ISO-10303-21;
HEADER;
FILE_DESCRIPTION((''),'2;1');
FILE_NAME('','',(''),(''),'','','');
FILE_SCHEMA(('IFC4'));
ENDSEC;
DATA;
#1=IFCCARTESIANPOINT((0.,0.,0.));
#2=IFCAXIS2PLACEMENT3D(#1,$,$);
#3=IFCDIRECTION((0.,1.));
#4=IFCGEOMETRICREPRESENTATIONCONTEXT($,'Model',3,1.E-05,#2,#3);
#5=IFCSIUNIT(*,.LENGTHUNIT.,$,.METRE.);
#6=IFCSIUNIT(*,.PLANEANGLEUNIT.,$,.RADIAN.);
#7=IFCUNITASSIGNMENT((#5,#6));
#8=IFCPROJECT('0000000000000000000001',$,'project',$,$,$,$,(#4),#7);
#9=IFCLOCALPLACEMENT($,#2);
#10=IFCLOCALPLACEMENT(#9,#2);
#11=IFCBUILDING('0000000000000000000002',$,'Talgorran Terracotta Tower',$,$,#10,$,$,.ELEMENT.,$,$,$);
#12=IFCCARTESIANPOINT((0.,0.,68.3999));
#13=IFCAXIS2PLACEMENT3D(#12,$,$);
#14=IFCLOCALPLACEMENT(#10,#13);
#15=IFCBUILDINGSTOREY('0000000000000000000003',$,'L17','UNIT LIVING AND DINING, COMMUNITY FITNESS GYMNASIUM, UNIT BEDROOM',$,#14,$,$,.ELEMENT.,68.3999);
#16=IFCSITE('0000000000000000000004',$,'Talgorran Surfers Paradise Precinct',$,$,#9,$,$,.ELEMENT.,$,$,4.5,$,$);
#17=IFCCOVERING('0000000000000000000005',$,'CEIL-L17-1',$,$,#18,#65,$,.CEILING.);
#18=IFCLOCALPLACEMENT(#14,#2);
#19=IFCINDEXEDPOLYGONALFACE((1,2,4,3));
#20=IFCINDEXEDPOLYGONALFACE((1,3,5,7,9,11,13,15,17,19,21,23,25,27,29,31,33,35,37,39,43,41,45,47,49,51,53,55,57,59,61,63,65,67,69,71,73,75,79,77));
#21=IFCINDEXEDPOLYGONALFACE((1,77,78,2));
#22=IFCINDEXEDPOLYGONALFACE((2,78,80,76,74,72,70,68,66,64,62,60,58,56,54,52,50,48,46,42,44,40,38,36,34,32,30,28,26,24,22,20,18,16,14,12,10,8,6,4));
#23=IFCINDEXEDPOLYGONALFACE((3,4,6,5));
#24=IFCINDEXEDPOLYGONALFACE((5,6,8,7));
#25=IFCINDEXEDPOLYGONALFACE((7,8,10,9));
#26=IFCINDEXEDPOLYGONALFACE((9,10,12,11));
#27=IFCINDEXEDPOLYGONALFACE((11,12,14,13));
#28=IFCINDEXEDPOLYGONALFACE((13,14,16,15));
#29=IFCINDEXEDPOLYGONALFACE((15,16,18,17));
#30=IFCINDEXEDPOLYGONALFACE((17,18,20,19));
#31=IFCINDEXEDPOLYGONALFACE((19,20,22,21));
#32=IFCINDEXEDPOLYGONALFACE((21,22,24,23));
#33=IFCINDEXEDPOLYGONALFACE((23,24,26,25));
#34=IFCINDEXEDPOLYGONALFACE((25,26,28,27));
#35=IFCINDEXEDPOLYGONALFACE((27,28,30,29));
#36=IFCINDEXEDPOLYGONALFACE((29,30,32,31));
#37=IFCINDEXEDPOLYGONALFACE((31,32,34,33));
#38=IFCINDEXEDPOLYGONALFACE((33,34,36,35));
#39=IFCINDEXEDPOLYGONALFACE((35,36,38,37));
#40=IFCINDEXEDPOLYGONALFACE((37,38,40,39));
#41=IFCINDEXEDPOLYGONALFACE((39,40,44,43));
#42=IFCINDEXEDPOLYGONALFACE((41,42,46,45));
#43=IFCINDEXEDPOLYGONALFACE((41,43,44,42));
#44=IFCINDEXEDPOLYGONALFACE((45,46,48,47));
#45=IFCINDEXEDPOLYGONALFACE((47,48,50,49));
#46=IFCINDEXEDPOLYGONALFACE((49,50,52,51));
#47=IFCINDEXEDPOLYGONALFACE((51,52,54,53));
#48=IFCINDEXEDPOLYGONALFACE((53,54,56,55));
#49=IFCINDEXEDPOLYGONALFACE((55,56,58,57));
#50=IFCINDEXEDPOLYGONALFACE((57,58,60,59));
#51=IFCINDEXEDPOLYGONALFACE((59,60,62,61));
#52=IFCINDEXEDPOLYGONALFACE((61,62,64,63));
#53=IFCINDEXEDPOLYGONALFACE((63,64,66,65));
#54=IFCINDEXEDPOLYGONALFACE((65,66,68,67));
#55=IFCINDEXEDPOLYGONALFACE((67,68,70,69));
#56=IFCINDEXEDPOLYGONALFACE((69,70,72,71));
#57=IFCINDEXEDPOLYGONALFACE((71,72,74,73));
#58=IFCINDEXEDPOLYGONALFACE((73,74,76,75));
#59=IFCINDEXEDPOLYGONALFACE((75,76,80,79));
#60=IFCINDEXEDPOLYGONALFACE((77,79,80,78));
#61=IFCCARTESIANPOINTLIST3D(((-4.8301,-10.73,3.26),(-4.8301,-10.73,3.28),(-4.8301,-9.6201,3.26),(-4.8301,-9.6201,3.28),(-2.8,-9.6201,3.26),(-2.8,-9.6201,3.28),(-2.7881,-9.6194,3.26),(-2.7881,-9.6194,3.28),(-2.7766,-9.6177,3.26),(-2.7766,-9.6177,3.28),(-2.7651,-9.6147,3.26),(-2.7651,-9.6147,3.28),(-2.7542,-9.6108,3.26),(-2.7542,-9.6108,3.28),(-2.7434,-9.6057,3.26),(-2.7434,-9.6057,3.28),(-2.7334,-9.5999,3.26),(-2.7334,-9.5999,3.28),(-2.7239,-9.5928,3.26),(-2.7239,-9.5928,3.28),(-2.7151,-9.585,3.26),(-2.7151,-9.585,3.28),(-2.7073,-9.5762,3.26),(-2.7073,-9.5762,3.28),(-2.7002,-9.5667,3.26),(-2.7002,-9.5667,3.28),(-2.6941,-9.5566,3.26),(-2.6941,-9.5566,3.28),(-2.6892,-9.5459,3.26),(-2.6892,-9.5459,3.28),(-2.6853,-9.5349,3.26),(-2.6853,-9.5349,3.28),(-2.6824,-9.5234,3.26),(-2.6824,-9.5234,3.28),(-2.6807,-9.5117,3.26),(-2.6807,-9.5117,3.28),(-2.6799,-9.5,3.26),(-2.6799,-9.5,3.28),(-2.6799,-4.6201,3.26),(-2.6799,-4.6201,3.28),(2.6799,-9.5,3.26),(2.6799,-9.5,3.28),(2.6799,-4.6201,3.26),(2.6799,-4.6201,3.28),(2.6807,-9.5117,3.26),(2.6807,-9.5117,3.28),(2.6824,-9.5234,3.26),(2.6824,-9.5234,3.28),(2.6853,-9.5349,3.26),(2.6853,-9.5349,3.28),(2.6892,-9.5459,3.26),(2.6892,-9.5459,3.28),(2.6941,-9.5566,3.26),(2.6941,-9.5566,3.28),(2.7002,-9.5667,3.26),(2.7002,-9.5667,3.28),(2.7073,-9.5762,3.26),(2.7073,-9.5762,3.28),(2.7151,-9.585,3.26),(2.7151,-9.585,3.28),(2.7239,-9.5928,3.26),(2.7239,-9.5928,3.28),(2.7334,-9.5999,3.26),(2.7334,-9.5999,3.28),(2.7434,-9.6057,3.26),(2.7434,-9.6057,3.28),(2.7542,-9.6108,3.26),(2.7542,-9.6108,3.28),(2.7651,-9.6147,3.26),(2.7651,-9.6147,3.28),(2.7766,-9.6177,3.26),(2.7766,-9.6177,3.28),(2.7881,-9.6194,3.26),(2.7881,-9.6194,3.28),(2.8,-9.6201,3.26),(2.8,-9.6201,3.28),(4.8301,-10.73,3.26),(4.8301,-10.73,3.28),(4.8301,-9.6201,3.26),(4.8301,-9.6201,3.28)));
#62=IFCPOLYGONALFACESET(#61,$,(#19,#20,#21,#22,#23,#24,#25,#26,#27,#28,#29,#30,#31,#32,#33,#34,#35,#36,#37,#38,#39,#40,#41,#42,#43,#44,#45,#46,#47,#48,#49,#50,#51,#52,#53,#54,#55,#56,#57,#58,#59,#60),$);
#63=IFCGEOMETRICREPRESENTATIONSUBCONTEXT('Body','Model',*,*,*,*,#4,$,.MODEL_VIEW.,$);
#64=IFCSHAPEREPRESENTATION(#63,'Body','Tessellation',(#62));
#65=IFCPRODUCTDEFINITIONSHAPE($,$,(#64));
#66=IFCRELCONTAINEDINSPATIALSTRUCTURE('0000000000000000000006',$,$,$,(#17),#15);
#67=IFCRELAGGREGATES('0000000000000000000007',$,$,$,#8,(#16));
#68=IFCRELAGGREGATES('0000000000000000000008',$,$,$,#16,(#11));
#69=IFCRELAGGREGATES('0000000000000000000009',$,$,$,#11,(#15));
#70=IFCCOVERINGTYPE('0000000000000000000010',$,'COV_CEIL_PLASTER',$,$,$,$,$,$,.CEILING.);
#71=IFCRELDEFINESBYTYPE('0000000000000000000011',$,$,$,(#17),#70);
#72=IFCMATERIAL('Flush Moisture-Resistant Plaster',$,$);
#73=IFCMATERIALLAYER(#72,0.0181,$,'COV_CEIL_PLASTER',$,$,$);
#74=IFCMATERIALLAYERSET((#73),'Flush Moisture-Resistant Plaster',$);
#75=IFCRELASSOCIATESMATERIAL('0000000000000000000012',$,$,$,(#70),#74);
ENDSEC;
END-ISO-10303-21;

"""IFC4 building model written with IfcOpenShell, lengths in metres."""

from ifc_helpers import new_model, si_unit, direction, frame, origin, place, context, subcontext, project, spatial, polyline, outline, extrude, material, layer, layer_set, type_object, element, save


model = new_model("IFC4")

# Units and contexts
model_context = context("Model", 3, precision=1e-05, world=origin(), true_north=direction((0.0, 1.0)))
body_context = subcontext(model_context, "Body", "Model", "MODEL_VIEW")
ifc_project = project(units=[si_unit("LENGTHUNIT", "METRE"), si_unit("PLANEANGLEUNIT", "RADIAN")], contexts=[model_context])

# Site, building, storey
site_placement = place(None, origin())
site = spatial("IfcSite", under=ifc_project, at=site_placement, Name="Talgorran Surfers Paradise Precinct", CompositionType="ELEMENT", RefElevation=4.5)
building_placement = place(site_placement, origin())
building = spatial("IfcBuilding", under=site, at=building_placement, Name="Talgorran Terracotta Tower", CompositionType="ELEMENT")
storey_placement = place(building_placement, frame((0.0, 0.0, 68.3999)))
storey = spatial("IfcBuildingStorey", under=building, at=storey_placement, Name="L17", Description="UNIT LIVING AND DINING, COMMUNITY FITNESS GYMNASIUM, UNIT BEDROOM", CompositionType="ELEMENT", Elevation=68.3999)

# Covering
ifc_material_1 = material(Name="Flush Moisture-Resistant Plaster")
ifc_layer_1 = layer(ifc_material_1, 0.0181, Name="COV_CEIL_PLASTER")
ifc_layer_set_1 = layer_set([ifc_layer_1], Name="Flush Moisture-Resistant Plaster")
covering_type_1 = type_object("IfcCoveringType", Name="COV_CEIL_PLASTER", PredefinedType="CEILING", material=ifc_layer_set_1)
covering_1_placement = place(storey_placement, frame((0.0, 0.0, 3.26)))
element("IfcCovering", 1, at=covering_1_placement, inside=storey, type_object=covering_type_1, Name="CEIL-L17-1", PredefinedType="CEILING", context=body_context, shape_type="SweptSolid", body=[
    extrude(outline(polyline([(-4.8301, -9.6201), (-2.8, -9.6201), (-2.7881, -9.6194), (-2.7766, -9.6177), (-2.7651, -9.6147), (-2.7542, -9.6108), (-2.7434, -9.6057), (-2.7334, -9.5999), (-2.7239, -9.5928), (-2.7151, -9.585), (-2.7073, -9.5762), (-2.7002, -9.5667), (-2.6941, -9.5566), (-2.6892, -9.5459), (-2.6853, -9.5349), (-2.6824, -9.5234), (-2.6807, -9.5117), (-2.6799, -9.5), (-2.6799, -4.6201), (2.6799, -4.6201), (2.6799, -9.5), (2.6807, -9.5117), (2.6824, -9.5234), (2.6853, -9.5349), (2.6892, -9.5459), (2.6941, -9.5566), (2.7002, -9.5667), (2.7073, -9.5762), (2.7151, -9.585), (2.7239, -9.5928), (2.7334, -9.5999), (2.7434, -9.6057), (2.7542, -9.6108), (2.7651, -9.6147), (2.7766, -9.6177), (2.7881, -9.6194), (2.8, -9.6201), (4.8301, -9.6201), (4.8301, -10.73), (-4.8301, -10.73), (-4.8301, -9.6201)])), origin(), (0.0, 0.0, 1.0), 0.02),
])

save(model, "model.ifc")
